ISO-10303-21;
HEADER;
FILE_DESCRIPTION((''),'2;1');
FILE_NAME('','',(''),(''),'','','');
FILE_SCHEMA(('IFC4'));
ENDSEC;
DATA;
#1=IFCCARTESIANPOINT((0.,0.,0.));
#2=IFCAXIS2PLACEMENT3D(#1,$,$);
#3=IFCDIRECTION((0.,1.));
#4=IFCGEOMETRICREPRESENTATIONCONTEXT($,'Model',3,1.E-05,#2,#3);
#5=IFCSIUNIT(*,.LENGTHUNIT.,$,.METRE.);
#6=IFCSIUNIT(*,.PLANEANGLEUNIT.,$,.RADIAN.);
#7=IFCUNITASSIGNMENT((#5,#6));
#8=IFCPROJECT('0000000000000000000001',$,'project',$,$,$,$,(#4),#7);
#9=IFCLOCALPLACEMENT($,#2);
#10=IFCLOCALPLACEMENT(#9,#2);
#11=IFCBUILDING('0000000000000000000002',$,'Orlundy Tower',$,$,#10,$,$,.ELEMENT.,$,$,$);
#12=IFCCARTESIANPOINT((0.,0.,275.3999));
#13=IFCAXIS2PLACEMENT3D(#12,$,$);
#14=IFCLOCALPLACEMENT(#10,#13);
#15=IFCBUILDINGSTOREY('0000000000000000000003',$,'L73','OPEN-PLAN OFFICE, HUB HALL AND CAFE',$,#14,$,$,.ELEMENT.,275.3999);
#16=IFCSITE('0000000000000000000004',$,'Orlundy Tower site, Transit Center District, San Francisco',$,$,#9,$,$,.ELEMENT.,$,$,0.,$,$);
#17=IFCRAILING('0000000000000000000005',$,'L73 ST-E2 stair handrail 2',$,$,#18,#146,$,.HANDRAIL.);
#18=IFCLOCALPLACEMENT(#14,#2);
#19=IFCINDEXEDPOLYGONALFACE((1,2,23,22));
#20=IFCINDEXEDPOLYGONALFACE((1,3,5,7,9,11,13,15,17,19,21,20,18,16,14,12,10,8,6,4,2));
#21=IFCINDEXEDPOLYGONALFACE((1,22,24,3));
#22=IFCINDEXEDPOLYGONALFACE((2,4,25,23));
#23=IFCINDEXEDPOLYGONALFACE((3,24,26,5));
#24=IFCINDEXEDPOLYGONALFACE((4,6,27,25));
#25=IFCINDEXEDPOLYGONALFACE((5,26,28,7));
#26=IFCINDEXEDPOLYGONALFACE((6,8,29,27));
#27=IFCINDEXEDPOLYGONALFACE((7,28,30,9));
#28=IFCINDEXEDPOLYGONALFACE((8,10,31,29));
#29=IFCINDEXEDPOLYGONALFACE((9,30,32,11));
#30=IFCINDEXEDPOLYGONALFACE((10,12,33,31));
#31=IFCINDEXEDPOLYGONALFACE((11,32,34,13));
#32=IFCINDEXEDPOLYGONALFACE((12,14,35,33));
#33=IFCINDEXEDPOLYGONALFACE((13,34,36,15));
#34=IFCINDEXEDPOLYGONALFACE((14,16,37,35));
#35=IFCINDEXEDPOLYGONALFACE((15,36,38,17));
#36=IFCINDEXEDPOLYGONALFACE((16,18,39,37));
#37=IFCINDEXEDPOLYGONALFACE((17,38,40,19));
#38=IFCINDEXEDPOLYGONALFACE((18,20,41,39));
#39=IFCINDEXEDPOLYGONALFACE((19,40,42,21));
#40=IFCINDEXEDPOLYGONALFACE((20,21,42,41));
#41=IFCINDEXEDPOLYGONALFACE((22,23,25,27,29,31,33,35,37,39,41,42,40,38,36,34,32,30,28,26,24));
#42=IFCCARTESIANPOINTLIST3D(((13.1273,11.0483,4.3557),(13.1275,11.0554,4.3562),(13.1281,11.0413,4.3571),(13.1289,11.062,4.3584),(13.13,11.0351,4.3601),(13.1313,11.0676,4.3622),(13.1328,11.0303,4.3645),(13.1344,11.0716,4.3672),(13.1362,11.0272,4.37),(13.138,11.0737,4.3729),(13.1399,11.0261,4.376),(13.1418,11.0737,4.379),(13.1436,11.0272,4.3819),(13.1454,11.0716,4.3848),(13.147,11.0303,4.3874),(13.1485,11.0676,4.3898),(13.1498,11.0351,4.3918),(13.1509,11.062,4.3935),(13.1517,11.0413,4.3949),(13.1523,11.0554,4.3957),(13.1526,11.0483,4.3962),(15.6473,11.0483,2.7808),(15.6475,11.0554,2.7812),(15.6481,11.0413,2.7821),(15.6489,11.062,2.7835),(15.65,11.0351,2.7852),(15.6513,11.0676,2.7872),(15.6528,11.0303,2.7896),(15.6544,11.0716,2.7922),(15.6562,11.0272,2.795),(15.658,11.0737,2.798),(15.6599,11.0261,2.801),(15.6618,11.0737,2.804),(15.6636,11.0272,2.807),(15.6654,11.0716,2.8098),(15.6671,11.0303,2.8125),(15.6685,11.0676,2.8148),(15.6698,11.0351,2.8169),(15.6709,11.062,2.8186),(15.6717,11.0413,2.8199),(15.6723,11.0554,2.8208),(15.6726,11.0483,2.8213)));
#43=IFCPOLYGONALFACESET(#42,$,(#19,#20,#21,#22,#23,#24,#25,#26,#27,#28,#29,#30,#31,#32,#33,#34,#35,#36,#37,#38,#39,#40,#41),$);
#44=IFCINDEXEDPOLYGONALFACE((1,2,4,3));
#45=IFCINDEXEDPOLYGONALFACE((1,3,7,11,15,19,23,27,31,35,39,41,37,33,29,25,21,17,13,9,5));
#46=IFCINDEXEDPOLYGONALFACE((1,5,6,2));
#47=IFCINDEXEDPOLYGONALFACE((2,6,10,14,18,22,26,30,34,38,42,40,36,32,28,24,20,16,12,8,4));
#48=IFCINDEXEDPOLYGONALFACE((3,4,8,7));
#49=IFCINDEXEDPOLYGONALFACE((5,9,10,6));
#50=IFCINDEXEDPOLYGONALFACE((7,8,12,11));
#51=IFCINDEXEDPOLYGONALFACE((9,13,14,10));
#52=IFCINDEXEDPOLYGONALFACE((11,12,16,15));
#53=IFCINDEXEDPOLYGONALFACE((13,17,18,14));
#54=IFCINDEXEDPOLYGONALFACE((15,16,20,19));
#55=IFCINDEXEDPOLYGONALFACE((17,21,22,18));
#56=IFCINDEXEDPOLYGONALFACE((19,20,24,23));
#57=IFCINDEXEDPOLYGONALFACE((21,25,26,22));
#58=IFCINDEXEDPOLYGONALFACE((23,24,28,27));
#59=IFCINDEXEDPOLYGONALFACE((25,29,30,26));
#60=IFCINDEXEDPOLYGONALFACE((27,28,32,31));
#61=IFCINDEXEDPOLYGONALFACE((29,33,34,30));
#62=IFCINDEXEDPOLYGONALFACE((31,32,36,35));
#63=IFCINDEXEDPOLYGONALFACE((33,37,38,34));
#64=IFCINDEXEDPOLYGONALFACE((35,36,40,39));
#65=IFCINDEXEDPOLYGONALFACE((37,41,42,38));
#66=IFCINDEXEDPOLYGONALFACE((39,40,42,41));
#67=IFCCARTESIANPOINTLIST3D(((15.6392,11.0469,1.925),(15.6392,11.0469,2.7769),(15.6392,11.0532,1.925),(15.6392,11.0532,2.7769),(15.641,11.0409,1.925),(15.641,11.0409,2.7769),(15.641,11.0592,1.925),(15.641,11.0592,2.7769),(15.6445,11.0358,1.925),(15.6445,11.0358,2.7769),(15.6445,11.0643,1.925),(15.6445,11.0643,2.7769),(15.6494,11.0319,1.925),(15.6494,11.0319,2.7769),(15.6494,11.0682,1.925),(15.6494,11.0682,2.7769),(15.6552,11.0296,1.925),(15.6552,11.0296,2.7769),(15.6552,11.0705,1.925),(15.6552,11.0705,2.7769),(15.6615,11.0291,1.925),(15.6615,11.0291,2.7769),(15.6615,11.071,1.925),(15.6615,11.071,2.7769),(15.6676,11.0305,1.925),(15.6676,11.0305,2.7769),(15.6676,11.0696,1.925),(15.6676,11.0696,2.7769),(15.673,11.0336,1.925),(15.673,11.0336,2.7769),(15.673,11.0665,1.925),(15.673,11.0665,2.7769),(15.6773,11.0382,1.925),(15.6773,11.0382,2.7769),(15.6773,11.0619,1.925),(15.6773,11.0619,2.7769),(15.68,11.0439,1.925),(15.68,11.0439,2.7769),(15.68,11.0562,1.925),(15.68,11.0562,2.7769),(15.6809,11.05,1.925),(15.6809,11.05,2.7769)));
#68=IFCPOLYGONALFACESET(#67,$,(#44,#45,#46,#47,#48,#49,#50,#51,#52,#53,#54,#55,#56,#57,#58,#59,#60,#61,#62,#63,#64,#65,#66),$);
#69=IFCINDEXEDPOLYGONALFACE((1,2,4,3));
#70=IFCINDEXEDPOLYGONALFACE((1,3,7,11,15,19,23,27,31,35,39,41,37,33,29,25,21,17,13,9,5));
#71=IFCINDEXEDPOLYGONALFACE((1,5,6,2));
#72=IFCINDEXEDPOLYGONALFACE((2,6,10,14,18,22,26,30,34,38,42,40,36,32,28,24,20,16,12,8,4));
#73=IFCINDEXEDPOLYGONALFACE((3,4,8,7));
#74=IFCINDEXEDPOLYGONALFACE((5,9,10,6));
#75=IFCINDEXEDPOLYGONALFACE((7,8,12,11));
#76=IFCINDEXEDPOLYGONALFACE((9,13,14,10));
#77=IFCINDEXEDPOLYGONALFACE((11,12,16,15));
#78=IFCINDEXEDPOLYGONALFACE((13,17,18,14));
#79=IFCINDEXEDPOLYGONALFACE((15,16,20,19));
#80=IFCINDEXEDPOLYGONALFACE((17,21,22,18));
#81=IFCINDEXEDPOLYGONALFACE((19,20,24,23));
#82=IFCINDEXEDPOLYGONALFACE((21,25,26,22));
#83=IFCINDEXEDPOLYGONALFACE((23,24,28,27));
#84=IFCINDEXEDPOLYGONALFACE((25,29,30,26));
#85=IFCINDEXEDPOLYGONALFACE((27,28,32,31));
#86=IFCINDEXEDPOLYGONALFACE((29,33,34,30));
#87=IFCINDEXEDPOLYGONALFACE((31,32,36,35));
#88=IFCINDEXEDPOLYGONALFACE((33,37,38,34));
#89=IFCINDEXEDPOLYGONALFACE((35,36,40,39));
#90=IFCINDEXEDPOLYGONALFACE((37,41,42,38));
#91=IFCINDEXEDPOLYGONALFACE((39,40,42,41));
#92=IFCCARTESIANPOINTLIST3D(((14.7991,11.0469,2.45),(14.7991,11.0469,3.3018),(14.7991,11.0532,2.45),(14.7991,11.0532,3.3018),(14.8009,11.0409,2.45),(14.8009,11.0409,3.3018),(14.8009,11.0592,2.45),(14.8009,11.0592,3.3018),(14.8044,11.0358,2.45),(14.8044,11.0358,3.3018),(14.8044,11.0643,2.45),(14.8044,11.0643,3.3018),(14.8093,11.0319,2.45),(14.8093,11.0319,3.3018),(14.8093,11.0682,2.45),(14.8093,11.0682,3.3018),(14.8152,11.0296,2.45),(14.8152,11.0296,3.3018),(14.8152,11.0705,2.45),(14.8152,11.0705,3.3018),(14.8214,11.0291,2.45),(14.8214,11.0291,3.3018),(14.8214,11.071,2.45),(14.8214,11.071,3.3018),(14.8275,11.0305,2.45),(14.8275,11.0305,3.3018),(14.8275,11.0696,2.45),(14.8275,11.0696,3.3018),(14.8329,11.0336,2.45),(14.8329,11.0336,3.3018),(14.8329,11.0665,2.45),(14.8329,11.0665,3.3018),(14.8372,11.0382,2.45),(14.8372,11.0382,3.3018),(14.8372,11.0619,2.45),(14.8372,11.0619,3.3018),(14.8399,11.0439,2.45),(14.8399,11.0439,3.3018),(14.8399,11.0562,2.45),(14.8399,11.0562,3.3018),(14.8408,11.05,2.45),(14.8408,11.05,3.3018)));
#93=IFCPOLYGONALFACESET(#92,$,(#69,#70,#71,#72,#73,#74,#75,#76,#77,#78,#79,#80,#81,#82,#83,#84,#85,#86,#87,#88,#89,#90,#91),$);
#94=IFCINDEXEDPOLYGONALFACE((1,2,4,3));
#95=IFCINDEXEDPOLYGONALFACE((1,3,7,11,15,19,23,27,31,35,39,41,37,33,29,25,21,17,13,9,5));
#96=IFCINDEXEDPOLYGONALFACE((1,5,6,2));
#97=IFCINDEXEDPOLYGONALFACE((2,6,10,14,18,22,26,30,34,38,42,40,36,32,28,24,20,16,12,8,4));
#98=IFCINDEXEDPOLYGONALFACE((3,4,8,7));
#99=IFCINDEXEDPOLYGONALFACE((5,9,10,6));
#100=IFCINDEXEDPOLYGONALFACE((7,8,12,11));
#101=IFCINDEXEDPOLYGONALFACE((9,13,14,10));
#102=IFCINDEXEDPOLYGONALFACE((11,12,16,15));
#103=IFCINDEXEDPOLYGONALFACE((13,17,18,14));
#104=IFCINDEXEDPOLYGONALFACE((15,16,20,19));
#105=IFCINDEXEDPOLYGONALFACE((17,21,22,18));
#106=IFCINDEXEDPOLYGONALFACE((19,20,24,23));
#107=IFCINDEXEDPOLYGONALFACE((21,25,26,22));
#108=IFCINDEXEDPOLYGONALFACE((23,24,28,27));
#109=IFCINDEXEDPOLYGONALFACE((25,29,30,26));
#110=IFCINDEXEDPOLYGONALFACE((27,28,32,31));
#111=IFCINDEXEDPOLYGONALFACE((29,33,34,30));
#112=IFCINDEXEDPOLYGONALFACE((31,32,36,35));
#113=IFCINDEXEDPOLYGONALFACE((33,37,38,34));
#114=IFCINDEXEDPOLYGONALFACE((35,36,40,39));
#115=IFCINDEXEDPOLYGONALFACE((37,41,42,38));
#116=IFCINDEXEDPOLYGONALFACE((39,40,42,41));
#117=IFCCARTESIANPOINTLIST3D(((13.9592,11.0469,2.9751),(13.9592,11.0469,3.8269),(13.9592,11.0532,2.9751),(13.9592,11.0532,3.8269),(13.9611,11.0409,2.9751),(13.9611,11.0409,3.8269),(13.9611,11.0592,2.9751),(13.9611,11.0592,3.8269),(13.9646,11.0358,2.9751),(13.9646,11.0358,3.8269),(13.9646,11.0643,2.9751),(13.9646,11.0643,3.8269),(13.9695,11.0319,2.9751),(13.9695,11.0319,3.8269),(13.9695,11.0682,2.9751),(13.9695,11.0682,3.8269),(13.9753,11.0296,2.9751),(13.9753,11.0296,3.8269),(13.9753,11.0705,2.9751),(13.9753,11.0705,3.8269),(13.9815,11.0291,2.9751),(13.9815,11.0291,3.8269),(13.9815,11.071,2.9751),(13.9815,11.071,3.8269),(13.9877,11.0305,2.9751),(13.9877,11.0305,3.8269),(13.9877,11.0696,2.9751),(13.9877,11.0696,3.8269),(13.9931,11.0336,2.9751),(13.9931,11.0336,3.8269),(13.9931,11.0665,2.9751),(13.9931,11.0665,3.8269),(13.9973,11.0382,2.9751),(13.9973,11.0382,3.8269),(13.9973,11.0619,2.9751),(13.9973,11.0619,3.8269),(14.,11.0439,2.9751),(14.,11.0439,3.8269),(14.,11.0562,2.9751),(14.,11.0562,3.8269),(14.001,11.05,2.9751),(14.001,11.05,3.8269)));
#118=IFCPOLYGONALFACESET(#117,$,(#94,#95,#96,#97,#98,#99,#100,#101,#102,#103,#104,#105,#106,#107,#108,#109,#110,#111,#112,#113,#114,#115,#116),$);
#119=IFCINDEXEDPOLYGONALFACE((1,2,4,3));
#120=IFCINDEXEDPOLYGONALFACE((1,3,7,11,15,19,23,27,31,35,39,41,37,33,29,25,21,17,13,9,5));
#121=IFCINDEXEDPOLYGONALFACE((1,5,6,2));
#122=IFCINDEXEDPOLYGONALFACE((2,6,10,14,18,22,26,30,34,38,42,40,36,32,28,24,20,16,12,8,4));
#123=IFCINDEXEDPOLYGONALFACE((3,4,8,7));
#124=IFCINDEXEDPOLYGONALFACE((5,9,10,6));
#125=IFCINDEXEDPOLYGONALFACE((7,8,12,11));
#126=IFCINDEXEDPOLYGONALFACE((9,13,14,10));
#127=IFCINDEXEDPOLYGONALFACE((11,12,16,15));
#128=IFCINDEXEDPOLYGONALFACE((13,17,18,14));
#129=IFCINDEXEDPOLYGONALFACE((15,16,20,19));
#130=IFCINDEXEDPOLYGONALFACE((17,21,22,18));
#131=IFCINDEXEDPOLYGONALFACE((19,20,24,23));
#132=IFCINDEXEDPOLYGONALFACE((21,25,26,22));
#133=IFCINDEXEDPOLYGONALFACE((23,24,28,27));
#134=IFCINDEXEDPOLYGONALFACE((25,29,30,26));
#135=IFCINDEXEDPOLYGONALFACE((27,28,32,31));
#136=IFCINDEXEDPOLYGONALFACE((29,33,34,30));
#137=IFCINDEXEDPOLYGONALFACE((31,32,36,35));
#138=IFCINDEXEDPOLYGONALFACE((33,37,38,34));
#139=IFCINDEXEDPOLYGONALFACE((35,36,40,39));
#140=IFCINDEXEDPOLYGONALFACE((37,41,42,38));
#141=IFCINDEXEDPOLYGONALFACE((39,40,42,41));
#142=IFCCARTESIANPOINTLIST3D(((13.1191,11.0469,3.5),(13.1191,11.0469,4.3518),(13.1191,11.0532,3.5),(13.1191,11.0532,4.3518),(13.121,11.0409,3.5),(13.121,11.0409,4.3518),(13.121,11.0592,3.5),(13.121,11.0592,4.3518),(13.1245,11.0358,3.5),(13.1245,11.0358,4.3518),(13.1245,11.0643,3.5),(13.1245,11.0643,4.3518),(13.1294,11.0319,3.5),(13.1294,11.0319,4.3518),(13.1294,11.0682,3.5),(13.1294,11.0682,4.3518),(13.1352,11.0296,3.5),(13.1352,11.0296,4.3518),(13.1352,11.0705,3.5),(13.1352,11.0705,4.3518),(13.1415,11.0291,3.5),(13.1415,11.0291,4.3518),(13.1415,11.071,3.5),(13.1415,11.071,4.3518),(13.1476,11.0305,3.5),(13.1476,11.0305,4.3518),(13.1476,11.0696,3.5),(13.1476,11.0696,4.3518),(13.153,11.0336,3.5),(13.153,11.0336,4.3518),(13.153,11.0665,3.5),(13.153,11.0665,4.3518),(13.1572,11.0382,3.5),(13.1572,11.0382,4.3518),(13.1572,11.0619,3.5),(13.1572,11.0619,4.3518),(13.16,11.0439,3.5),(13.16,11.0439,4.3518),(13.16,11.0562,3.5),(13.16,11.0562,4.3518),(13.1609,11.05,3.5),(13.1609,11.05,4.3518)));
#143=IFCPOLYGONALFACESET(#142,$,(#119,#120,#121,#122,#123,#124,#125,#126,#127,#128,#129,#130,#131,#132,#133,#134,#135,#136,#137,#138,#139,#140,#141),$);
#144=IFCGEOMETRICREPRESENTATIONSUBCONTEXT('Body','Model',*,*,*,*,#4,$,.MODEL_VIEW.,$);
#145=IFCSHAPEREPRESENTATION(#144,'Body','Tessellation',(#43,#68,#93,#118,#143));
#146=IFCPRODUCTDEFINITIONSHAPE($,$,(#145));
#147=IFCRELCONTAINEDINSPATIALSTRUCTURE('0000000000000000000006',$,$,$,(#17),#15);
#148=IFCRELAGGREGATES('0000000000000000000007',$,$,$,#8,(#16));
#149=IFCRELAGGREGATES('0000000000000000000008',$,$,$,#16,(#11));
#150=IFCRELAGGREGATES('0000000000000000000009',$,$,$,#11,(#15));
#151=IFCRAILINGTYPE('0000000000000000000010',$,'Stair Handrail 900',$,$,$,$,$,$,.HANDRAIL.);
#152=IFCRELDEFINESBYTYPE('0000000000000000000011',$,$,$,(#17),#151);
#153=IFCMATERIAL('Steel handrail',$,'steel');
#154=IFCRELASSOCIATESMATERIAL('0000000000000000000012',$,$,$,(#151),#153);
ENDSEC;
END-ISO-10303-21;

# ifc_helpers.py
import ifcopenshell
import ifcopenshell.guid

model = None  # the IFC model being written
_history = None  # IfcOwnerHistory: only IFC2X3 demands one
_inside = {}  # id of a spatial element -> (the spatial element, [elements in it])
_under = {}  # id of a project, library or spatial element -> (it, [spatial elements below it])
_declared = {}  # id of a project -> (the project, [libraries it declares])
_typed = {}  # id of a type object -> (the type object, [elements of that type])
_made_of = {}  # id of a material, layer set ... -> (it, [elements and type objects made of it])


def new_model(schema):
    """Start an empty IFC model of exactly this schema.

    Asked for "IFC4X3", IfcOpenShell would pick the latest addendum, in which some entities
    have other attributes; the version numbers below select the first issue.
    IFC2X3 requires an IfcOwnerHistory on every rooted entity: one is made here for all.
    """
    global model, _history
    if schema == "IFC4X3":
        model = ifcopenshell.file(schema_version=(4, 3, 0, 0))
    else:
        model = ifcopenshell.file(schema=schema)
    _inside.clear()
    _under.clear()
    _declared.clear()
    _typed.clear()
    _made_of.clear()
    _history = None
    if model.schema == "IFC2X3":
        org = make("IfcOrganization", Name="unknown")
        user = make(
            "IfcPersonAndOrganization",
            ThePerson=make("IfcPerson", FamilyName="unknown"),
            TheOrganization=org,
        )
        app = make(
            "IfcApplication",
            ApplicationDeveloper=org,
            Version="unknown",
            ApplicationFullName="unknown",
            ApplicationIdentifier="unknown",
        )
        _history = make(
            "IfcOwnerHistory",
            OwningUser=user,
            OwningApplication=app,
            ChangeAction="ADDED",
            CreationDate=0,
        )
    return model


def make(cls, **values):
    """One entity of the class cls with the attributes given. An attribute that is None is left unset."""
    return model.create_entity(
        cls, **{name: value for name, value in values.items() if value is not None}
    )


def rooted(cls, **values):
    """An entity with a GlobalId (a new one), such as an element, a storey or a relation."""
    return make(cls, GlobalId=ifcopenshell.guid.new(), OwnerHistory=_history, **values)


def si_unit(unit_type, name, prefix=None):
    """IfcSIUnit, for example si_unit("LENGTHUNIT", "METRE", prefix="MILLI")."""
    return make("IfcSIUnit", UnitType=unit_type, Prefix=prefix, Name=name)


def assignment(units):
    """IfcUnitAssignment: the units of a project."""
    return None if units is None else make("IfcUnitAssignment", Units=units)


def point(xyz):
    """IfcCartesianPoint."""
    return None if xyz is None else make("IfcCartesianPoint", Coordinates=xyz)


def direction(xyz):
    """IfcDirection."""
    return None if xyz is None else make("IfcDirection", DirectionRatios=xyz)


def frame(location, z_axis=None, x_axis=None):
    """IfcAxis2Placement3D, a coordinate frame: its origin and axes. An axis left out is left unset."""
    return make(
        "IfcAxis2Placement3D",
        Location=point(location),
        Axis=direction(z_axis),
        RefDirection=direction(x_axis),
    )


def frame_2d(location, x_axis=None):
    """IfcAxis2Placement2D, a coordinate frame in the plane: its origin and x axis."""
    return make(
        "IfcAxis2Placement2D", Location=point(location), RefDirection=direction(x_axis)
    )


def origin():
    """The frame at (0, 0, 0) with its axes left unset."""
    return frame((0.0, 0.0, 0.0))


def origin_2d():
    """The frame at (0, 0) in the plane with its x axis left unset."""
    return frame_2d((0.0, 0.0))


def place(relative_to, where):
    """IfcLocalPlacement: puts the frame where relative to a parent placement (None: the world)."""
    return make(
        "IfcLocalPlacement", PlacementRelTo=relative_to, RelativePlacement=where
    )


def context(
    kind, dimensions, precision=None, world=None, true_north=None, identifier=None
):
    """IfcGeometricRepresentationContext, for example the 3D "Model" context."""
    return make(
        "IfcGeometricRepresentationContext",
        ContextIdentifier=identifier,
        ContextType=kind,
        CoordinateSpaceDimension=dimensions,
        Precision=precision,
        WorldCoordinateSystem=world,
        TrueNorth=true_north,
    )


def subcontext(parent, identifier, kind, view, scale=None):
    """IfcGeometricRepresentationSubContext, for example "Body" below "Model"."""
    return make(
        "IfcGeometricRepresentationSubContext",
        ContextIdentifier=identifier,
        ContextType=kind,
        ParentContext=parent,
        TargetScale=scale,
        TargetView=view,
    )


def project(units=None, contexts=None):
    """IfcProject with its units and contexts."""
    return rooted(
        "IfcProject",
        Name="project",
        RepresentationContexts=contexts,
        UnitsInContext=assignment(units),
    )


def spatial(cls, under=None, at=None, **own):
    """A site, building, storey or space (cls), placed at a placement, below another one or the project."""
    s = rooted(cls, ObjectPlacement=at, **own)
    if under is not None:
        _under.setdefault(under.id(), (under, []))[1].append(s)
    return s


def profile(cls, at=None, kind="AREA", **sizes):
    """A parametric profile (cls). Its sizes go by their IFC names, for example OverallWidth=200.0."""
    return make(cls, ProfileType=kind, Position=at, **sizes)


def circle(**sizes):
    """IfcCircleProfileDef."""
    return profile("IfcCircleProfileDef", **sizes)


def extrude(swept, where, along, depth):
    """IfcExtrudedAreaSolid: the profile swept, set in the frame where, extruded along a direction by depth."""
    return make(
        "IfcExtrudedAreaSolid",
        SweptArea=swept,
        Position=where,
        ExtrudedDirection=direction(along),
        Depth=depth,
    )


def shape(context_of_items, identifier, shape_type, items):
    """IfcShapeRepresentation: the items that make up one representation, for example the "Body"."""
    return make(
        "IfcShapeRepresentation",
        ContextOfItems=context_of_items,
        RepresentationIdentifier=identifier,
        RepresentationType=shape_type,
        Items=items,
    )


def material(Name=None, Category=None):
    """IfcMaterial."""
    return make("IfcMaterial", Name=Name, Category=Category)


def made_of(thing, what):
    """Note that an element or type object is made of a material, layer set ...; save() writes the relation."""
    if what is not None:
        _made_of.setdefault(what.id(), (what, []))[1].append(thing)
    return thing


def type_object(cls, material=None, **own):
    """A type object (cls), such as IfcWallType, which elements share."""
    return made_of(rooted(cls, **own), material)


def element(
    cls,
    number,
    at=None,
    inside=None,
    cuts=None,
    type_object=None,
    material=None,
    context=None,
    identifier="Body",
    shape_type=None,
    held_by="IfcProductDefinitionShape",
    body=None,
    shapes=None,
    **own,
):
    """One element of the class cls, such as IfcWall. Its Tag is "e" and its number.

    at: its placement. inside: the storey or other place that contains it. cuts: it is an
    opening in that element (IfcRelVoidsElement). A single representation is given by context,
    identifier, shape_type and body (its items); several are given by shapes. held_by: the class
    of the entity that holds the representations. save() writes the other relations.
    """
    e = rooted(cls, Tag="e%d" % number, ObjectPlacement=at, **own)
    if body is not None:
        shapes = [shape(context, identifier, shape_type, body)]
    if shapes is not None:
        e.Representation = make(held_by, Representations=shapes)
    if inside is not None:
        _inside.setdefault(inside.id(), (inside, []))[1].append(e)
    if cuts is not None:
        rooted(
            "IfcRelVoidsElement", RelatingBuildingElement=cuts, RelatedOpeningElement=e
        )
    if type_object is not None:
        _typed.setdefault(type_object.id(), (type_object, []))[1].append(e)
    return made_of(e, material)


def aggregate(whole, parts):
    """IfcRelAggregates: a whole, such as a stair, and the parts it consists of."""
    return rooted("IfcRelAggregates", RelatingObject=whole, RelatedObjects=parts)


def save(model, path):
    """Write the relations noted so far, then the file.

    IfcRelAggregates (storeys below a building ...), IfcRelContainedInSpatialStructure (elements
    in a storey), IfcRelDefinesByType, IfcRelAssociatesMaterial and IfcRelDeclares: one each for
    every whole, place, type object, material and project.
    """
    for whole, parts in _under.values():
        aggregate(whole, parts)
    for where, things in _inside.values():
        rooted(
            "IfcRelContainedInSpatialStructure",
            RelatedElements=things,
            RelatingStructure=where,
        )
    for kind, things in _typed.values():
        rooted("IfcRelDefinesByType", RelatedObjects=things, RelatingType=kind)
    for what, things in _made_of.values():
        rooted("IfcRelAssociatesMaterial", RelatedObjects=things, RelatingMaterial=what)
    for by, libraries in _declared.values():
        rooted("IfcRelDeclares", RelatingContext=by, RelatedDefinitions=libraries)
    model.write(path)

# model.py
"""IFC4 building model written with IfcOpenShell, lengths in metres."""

from ifc_helpers import new_model, si_unit, direction, frame, origin, origin_2d, place, context, subcontext, project, spatial, circle, extrude, material, type_object, element, save


model = new_model("IFC4")

# Units and contexts
model_context = context("Model", 3, precision=1e-05, world=origin(), true_north=direction((0.0, 1.0)))
body_context = subcontext(model_context, "Body", "Model", "MODEL_VIEW")
ifc_project = project(units=[si_unit("LENGTHUNIT", "METRE"), si_unit("PLANEANGLEUNIT", "RADIAN")], contexts=[model_context])

# Site, building, storey
site_placement = place(None, origin())
site = spatial("IfcSite", under=ifc_project, at=site_placement, Name="Orlundy Tower site, Transit Center District, San Francisco", CompositionType="ELEMENT", RefElevation=0.0)
building_placement = place(site_placement, origin())
building = spatial("IfcBuilding", under=site, at=building_placement, Name="Orlundy Tower", CompositionType="ELEMENT")
storey_placement = place(building_placement, frame((0.0, 0.0, 275.3999)))
storey = spatial("IfcBuildingStorey", under=building, at=storey_placement, Name="L73", Description="OPEN-PLAN OFFICE, HUB HALL AND CAFE", CompositionType="ELEMENT", Elevation=275.3999)

# Railing
ifc_material_1 = material(Name="Steel handrail", Category="steel")
railing_type_1 = type_object("IfcRailingType", Name="Stair Handrail 900", PredefinedType="HANDRAIL", material=ifc_material_1)
railing_1_placement = place(storey_placement, frame((15.6599, 11.05, 1.925)))
element("IfcRailing", 1, at=railing_1_placement, inside=storey, type_object=railing_type_1, Name="L73 ST-E2 stair handrail 2", PredefinedType="HANDRAIL", context=body_context, shape_type="SweptSolid", body=[
    extrude(circle(Radius=0.0239, at=origin_2d()), frame((0.0, 0.0, 0.876), z_axis=(-0.848008, 0.0, 0.529984), x_axis=(0.0, -1.0, 0.0)), (0.0, 0.0, 1.0), 2.9717),
    extrude(circle(Radius=0.021, at=origin_2d()), origin(), (0.0, 0.0, 1.0), 0.8518),
    extrude(circle(Radius=0.021, at=origin_2d()), frame((-0.8401, 0.0, 0.5249)), (0.0, 0.0, 1.0), 0.8518),
    extrude(circle(Radius=0.021, at=origin_2d()), frame((-1.6799, 0.0, 1.05)), (0.0, 0.0, 1.0), 0.8518),
    extrude(circle(Radius=0.021, at=origin_2d()), frame((-2.52, 0.0, 1.575)), (0.0, 0.0, 1.0), 0.8518),
])

save(model, "model.ifc")
